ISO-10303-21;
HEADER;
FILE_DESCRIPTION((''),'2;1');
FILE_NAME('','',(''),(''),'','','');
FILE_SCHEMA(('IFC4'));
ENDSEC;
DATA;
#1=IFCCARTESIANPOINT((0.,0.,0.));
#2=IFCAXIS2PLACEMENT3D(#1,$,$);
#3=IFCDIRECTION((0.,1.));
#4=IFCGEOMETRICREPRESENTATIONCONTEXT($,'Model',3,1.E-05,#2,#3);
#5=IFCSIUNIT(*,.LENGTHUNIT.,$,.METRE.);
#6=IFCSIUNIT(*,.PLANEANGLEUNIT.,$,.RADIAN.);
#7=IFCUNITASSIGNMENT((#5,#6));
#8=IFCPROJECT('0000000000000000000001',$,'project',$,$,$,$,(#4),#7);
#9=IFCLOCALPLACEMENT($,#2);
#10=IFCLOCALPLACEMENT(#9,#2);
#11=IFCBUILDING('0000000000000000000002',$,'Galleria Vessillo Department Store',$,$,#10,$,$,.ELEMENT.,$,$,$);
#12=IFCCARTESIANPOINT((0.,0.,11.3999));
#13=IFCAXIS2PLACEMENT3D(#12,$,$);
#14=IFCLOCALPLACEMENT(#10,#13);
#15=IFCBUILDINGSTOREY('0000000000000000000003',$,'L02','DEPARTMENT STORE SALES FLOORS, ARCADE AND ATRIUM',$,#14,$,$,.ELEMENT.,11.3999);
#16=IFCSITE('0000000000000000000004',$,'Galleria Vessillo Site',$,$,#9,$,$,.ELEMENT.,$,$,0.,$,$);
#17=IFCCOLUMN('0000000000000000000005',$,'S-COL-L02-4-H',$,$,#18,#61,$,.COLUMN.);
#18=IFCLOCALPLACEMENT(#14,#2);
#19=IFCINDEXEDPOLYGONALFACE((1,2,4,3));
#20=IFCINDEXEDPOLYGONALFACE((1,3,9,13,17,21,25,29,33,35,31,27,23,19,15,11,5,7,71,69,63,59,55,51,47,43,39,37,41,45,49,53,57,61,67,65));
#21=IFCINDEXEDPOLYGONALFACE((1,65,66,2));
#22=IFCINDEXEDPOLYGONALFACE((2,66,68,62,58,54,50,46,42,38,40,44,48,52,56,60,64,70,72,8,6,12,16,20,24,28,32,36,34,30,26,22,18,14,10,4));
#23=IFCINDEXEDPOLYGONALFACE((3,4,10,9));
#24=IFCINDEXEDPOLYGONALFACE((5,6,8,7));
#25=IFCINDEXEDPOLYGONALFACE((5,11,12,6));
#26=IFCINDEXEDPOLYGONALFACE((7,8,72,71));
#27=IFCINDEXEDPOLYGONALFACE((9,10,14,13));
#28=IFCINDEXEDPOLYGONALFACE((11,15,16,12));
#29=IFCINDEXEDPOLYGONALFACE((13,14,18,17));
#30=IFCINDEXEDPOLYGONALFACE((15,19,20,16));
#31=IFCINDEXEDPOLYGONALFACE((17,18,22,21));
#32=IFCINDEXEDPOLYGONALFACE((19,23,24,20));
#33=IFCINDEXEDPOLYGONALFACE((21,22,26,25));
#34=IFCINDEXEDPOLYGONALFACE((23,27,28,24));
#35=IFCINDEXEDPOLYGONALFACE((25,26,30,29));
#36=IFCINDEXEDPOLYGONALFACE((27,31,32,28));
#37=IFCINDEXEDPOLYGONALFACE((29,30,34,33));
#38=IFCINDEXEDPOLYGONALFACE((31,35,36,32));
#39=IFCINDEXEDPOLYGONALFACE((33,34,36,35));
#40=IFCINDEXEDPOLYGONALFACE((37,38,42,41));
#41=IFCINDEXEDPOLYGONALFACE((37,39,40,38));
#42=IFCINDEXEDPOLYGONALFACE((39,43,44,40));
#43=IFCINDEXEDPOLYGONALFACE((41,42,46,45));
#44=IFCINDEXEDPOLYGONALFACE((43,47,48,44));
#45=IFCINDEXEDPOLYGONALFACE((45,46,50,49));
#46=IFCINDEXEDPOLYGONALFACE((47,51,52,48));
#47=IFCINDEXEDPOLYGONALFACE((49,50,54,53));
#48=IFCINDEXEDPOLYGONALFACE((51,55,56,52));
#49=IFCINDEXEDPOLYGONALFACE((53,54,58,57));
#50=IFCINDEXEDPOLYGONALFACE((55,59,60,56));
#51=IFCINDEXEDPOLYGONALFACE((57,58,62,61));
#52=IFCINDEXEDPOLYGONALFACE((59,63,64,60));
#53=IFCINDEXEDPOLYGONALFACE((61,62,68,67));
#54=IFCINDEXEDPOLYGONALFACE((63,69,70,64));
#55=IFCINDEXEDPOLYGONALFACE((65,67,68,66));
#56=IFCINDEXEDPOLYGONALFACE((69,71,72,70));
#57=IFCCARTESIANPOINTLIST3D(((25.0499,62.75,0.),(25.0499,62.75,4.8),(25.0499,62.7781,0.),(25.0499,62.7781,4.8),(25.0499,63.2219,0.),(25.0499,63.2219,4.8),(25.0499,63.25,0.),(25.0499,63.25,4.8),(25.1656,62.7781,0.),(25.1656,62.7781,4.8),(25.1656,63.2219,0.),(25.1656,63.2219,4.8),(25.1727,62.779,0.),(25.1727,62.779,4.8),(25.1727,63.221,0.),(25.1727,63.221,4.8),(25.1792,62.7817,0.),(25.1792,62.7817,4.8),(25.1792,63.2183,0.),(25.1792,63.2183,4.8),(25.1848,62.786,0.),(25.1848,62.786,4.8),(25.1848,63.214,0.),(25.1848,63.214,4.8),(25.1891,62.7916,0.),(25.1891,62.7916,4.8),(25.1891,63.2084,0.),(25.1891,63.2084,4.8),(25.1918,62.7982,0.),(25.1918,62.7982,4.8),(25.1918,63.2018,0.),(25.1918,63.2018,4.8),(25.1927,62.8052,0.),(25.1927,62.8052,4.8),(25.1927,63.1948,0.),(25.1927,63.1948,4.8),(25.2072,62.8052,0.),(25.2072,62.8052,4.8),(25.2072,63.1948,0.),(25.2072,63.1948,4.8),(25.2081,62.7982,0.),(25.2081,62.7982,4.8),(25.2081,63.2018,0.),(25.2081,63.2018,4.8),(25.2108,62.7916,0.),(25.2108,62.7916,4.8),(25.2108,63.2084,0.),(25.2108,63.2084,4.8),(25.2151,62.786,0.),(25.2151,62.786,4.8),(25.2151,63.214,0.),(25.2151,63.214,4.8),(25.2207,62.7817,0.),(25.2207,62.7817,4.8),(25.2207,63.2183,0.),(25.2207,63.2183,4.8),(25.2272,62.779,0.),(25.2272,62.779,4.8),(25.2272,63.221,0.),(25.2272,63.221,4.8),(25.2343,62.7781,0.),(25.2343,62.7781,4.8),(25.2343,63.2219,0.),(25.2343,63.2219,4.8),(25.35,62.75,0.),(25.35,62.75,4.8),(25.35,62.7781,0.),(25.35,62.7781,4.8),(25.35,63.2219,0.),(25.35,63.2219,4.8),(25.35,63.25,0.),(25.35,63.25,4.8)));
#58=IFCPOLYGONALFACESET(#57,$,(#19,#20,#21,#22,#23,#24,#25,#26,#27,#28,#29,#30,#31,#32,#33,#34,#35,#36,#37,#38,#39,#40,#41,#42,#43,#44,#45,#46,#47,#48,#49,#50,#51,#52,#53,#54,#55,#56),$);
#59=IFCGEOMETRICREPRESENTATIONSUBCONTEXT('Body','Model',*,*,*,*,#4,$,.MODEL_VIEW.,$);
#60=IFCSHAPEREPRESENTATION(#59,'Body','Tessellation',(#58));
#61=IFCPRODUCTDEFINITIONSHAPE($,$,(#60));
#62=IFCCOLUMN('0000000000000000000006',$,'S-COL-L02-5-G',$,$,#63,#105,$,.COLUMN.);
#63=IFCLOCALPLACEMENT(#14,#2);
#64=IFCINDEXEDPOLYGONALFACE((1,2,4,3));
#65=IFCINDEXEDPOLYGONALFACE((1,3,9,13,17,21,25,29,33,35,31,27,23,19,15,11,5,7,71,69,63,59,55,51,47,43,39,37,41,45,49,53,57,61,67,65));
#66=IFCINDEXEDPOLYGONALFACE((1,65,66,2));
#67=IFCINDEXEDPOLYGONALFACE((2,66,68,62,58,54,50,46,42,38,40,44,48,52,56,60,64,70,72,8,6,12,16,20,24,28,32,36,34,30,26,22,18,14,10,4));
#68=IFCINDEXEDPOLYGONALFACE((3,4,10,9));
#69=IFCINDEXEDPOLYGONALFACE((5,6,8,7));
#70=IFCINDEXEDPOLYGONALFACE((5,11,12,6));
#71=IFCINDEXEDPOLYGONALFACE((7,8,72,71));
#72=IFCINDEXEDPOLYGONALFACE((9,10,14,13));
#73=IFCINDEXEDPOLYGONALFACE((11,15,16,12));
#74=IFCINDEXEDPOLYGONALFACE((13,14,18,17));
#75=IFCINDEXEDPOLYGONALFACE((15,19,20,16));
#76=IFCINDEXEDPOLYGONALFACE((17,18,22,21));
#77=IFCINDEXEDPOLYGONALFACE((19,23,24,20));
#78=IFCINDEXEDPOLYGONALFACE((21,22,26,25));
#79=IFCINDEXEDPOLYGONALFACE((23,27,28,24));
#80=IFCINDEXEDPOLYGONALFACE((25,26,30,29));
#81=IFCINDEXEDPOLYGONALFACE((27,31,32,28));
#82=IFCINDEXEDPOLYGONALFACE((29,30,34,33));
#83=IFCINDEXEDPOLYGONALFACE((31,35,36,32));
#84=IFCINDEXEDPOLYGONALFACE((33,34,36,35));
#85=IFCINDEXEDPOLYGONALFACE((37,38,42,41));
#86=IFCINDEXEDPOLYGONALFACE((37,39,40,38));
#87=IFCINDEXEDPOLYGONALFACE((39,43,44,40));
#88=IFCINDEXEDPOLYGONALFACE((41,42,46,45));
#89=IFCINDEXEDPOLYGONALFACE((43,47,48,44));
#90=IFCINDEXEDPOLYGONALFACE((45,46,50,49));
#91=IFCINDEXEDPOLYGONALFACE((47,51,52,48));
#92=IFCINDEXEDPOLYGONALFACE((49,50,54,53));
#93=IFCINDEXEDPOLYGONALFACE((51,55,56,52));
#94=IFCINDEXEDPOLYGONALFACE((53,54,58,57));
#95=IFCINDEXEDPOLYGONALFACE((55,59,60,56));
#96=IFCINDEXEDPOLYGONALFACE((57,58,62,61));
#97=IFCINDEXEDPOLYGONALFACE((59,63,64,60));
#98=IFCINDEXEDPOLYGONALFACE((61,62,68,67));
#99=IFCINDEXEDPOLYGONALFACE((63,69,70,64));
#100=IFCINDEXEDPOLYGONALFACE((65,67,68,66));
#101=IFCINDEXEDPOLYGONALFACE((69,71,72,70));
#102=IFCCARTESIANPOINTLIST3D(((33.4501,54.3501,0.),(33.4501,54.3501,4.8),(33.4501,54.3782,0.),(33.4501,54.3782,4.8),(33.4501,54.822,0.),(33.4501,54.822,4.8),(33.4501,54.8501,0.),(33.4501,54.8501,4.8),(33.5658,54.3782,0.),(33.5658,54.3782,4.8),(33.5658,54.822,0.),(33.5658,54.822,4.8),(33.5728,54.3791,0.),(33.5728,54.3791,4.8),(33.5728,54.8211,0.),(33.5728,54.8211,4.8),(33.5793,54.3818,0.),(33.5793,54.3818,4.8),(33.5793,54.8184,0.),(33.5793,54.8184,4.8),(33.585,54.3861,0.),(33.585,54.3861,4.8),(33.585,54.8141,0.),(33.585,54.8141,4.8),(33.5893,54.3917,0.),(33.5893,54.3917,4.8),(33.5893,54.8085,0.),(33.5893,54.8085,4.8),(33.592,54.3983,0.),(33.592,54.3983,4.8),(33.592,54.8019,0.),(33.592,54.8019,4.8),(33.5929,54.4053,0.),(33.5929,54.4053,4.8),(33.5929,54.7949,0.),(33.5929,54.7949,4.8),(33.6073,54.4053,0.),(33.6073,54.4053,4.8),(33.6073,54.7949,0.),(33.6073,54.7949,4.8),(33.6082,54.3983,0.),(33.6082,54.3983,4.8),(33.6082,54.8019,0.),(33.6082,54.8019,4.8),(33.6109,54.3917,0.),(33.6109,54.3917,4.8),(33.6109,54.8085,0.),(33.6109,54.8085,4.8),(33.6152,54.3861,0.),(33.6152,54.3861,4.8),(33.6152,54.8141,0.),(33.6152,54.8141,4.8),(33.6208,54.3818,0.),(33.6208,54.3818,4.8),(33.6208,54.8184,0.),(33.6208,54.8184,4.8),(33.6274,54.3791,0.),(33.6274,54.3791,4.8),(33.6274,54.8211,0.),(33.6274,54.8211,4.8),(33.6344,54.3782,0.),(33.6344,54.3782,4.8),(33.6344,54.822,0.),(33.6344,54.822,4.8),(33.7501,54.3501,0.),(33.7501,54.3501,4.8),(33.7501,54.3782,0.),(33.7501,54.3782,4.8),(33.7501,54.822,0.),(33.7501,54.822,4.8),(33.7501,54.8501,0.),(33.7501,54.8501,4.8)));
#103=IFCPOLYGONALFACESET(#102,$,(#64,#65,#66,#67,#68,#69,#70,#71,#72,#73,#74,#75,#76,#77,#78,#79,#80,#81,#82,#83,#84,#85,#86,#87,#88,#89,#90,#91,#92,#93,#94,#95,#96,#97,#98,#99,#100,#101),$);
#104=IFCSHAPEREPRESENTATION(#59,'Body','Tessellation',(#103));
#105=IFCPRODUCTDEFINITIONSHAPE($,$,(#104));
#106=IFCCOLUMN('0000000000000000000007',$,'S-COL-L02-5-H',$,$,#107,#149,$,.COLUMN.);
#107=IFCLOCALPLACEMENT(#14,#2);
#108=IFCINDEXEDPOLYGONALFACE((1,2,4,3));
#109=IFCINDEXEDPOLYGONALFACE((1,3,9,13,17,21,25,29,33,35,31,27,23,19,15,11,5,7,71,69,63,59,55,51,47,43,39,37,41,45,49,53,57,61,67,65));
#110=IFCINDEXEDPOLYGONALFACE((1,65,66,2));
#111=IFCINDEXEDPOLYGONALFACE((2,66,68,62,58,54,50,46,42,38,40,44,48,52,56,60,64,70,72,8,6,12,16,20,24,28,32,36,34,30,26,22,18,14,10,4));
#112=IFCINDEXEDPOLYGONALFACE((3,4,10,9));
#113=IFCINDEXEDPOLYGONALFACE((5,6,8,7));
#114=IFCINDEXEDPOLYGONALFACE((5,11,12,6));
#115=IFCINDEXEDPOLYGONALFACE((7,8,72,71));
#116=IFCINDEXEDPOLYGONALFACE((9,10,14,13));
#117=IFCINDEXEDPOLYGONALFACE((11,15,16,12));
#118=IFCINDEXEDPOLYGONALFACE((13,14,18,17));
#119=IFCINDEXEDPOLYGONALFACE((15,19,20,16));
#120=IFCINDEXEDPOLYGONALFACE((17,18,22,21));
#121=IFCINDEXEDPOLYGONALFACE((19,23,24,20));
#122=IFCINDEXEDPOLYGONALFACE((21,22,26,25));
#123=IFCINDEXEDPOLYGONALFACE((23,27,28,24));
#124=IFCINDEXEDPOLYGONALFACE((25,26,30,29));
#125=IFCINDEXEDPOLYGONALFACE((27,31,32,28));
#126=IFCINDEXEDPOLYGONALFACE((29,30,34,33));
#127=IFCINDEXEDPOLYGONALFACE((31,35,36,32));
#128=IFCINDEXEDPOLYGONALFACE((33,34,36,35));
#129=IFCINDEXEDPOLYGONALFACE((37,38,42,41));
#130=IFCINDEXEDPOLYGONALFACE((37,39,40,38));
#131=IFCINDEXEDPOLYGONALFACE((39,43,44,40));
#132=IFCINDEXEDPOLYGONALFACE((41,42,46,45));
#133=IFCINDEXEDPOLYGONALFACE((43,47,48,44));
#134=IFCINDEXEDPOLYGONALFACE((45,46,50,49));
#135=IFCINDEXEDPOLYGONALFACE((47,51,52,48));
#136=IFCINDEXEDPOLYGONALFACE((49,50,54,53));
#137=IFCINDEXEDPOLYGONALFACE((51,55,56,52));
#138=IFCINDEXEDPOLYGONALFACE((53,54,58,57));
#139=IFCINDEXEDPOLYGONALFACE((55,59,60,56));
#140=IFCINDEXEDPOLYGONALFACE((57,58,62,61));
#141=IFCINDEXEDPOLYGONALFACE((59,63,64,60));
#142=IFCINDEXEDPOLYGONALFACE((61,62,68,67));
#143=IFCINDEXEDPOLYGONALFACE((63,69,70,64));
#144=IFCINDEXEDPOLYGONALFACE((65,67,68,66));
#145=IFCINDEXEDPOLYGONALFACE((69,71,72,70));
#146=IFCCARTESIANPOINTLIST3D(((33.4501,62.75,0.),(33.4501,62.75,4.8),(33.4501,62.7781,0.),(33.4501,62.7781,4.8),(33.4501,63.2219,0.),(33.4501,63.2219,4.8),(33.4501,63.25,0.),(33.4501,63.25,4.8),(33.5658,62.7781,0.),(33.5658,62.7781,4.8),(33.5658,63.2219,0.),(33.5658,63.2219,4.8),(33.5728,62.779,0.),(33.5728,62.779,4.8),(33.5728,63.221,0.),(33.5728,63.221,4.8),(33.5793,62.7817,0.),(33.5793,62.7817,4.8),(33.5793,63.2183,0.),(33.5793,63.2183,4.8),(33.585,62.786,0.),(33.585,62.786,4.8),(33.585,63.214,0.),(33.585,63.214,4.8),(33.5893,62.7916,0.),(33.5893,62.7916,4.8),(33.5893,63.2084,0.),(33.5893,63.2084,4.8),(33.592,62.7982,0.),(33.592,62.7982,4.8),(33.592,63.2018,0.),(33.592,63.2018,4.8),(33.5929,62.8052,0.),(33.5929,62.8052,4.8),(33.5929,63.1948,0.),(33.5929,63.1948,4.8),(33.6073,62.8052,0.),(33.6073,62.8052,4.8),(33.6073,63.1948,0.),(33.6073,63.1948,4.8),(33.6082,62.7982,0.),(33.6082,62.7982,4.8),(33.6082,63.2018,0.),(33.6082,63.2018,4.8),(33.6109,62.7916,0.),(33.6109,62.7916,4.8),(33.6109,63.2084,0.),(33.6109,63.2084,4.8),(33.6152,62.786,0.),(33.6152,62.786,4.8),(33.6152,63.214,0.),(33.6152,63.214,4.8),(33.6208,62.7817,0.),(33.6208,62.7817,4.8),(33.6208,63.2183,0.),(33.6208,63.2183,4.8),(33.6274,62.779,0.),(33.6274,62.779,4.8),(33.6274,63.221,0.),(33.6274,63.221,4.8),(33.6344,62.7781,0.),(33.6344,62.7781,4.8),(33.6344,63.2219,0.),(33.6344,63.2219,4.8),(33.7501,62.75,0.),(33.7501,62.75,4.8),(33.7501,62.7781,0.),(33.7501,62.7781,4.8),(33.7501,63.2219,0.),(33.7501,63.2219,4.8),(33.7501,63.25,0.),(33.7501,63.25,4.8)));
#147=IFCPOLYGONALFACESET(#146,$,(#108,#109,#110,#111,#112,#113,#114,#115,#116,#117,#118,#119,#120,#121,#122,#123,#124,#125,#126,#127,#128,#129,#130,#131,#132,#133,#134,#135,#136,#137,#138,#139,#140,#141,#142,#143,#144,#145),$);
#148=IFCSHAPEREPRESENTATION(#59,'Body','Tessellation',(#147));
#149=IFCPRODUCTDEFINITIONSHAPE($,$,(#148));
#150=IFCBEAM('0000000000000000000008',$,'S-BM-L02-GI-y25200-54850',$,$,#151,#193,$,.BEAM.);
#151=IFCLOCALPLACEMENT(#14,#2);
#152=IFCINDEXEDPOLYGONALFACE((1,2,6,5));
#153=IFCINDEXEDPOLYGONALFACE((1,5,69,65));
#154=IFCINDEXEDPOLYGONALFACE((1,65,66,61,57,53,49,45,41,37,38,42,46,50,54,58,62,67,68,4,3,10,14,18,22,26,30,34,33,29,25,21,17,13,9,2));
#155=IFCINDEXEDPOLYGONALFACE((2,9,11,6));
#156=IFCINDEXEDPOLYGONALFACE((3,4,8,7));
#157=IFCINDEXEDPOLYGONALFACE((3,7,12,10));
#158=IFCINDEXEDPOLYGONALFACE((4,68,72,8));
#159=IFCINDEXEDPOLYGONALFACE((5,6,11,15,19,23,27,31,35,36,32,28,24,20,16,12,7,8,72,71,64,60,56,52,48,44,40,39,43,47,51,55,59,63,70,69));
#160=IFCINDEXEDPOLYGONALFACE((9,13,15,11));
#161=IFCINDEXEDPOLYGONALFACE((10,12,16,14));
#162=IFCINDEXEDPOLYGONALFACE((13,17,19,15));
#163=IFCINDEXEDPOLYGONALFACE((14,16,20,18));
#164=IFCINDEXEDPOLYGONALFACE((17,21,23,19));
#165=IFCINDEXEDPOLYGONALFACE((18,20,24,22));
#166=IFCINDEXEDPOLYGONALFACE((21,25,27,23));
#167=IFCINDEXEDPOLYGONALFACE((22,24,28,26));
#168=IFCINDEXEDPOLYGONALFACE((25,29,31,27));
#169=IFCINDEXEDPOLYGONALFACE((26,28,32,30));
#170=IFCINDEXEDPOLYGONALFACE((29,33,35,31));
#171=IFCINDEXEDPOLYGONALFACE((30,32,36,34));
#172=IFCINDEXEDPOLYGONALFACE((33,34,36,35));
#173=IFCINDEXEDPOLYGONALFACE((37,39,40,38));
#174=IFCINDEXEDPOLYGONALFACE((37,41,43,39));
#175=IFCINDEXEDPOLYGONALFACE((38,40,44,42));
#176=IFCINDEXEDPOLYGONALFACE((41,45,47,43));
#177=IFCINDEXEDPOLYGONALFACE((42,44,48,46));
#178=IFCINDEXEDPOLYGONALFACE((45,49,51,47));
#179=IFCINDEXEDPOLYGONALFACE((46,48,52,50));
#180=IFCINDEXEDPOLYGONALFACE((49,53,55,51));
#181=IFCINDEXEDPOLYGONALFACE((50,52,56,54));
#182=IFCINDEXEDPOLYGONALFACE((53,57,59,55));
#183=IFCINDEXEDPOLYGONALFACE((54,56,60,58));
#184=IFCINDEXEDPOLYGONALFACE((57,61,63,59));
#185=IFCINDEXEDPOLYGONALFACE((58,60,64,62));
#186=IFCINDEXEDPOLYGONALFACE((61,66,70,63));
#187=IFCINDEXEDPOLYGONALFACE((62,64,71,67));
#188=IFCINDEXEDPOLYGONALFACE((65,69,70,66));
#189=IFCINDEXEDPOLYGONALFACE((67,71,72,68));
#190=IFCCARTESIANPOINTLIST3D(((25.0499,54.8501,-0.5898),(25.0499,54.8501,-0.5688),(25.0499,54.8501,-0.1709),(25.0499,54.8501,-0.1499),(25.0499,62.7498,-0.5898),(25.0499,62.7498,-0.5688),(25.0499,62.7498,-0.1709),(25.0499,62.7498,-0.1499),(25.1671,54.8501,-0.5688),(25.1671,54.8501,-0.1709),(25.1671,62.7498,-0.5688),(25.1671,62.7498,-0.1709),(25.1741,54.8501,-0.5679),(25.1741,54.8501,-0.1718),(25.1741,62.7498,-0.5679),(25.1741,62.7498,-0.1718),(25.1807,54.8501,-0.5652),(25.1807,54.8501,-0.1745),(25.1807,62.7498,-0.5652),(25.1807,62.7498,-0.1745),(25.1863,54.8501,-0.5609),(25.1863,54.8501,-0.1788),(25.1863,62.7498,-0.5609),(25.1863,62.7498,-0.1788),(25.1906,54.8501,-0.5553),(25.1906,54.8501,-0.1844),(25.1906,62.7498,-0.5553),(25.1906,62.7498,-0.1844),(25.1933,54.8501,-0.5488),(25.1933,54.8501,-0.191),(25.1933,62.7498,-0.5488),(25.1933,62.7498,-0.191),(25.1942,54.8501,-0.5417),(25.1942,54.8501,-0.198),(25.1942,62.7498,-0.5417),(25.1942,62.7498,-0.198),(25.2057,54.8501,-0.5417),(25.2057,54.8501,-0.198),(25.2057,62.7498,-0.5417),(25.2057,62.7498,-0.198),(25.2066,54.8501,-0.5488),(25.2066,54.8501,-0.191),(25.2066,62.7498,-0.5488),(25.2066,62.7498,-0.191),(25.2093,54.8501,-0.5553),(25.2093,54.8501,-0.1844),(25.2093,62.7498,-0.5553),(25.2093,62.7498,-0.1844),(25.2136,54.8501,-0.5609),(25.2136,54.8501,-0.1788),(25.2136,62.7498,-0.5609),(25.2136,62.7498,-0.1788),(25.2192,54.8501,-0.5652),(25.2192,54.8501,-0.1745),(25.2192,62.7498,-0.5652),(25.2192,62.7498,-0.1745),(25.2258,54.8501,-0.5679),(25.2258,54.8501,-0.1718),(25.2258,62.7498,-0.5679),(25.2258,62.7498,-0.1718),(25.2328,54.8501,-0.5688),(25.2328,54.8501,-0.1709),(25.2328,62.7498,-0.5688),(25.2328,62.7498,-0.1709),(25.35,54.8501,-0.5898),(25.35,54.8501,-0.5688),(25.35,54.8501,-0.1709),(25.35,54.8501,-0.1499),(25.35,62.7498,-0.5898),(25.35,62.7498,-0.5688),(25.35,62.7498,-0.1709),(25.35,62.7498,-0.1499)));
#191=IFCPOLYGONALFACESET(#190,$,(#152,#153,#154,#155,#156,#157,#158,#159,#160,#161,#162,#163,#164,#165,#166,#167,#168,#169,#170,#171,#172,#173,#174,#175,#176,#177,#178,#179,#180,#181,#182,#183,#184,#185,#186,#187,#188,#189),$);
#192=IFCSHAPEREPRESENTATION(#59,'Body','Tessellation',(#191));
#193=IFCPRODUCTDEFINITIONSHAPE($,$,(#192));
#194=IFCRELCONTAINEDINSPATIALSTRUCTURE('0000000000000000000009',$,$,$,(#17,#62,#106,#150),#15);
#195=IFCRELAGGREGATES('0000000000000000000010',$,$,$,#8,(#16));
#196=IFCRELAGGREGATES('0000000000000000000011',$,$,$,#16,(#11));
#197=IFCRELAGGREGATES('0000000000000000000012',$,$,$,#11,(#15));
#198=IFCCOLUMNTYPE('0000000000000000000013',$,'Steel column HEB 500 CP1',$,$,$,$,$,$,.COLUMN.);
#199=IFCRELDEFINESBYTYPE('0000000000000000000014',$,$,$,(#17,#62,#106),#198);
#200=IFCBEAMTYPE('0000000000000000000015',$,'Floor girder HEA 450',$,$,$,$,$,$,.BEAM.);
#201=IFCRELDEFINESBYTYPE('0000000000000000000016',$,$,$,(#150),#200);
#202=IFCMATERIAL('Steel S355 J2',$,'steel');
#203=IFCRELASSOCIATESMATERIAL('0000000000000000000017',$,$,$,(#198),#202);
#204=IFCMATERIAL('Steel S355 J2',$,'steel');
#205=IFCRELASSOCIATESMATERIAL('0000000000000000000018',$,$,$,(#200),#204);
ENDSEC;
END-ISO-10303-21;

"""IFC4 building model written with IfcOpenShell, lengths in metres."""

from ifc_helpers import new_model, si_unit, direction, frame, origin, origin_2d, place, context, subcontext, project, spatial, i_section, extrude, material, material_profile, profile_set, type_object, element, save


model = new_model("IFC4")

# Units and contexts
model_context = context("Model", 3, precision=1e-05, world=origin(), true_north=direction((0.0, 1.0)))
body_context = subcontext(model_context, "Body", "Model", "MODEL_VIEW")
ifc_project = project(units=[si_unit("LENGTHUNIT", "METRE"), si_unit("PLANEANGLEUNIT", "RADIAN")], contexts=[model_context])

# Site, building, storey
site_placement = place(None, origin())
site = spatial("IfcSite", under=ifc_project, at=site_placement, Name="Galleria Vessillo Site", CompositionType="ELEMENT", RefElevation=0.0)
building_placement = place(site_placement, origin())
building = spatial("IfcBuilding", under=site, at=building_placement, Name="Galleria Vessillo Department Store", CompositionType="ELEMENT")
storey_placement = place(building_placement, frame((0.0, 0.0, 11.3999)))
storey = spatial("IfcBuildingStorey", under=building, at=storey_placement, Name="L02", Description="DEPARTMENT STORE SALES FLOORS, ARCADE AND ATRIUM", CompositionType="ELEMENT", Elevation=11.3999)

# Columns
ifc_material_1 = material(Name="Steel S355 J2", Category="steel")
ifc_material_profile_1 = material_profile(ifc_material_1, i_section(OverallWidth=0.3, OverallDepth=0.5, WebThickness=0.0144, FlangeThickness=0.0281, FilletRadius=0.0271, at=origin_2d()), Name="HEB 500")
ifc_profile_set_1 = profile_set([ifc_material_profile_1], Name="Steel S355 J2")
column_type = type_object("IfcColumnType", Name="Steel column HEB 500 CP1", PredefinedType="COLUMN", material=ifc_profile_set_1)
for number, where, z_axis, x_axis, name in (
    (1, (25.2, 63.0, 0.0), (0.0, 0.0, 1.0), (1.0, 0.0, 0.0), "S-COL-L02-4-H"),
    (2, (33.6001, 54.6001, 0.0), (0.0, 0.0, 1.0), (1.0, 0.0, 0.0), "S-COL-L02-5-G"),
    (3, (33.6001, 63.0, 0.0), (0.0, 0.0, 1.0), (1.0, 0.0, 0.0), "S-COL-L02-5-H"),
):
    element("IfcColumn", number, at=place(storey_placement, frame(where, z_axis=z_axis, x_axis=x_axis)), inside=storey, type_object=column_type, Name=name, PredefinedType="COLUMN", context=body_context, shape_type="SweptSolid", body=[
        extrude(i_section(OverallWidth=0.3, OverallDepth=0.5, WebThickness=0.0144, FlangeThickness=0.0281, FilletRadius=0.0271, at=origin_2d()), origin(), (0.0, 0.0, 1.0), 4.8),
    ])

# Beam
ifc_material_2 = material(Name="Steel S355 J2", Category="steel")
ifc_material_profile_2 = material_profile(ifc_material_2, i_section(OverallWidth=0.3, OverallDepth=0.4399, WebThickness=0.0115, FlangeThickness=0.021, FilletRadius=0.0271, at=origin_2d()), Name="HEA 450")
ifc_profile_set_2 = profile_set([ifc_material_profile_2], Name="Steel S355 J2")
beam_type_1 = type_object("IfcBeamType", Name="Floor girder HEA 450", PredefinedType="BEAM", material=ifc_profile_set_2)
beam_placement = place(storey_placement, frame((25.2, 54.8501, -0.3699), z_axis=(0.0, 1.0, 0.0), x_axis=(-1.0, 0.0, 0.0)))
element("IfcBeam", 4, at=beam_placement, inside=storey, type_object=beam_type_1, Name="S-BM-L02-GI-y25200-54850", PredefinedType="BEAM", context=body_context, shape_type="SweptSolid", body=[
    extrude(i_section(OverallWidth=0.3, OverallDepth=0.4399, WebThickness=0.0115, FlangeThickness=0.021, FilletRadius=0.0271, at=origin_2d()), origin(), (0.0, 0.0, 1.0), 7.8997),
])

save(model, "model.ifc")
